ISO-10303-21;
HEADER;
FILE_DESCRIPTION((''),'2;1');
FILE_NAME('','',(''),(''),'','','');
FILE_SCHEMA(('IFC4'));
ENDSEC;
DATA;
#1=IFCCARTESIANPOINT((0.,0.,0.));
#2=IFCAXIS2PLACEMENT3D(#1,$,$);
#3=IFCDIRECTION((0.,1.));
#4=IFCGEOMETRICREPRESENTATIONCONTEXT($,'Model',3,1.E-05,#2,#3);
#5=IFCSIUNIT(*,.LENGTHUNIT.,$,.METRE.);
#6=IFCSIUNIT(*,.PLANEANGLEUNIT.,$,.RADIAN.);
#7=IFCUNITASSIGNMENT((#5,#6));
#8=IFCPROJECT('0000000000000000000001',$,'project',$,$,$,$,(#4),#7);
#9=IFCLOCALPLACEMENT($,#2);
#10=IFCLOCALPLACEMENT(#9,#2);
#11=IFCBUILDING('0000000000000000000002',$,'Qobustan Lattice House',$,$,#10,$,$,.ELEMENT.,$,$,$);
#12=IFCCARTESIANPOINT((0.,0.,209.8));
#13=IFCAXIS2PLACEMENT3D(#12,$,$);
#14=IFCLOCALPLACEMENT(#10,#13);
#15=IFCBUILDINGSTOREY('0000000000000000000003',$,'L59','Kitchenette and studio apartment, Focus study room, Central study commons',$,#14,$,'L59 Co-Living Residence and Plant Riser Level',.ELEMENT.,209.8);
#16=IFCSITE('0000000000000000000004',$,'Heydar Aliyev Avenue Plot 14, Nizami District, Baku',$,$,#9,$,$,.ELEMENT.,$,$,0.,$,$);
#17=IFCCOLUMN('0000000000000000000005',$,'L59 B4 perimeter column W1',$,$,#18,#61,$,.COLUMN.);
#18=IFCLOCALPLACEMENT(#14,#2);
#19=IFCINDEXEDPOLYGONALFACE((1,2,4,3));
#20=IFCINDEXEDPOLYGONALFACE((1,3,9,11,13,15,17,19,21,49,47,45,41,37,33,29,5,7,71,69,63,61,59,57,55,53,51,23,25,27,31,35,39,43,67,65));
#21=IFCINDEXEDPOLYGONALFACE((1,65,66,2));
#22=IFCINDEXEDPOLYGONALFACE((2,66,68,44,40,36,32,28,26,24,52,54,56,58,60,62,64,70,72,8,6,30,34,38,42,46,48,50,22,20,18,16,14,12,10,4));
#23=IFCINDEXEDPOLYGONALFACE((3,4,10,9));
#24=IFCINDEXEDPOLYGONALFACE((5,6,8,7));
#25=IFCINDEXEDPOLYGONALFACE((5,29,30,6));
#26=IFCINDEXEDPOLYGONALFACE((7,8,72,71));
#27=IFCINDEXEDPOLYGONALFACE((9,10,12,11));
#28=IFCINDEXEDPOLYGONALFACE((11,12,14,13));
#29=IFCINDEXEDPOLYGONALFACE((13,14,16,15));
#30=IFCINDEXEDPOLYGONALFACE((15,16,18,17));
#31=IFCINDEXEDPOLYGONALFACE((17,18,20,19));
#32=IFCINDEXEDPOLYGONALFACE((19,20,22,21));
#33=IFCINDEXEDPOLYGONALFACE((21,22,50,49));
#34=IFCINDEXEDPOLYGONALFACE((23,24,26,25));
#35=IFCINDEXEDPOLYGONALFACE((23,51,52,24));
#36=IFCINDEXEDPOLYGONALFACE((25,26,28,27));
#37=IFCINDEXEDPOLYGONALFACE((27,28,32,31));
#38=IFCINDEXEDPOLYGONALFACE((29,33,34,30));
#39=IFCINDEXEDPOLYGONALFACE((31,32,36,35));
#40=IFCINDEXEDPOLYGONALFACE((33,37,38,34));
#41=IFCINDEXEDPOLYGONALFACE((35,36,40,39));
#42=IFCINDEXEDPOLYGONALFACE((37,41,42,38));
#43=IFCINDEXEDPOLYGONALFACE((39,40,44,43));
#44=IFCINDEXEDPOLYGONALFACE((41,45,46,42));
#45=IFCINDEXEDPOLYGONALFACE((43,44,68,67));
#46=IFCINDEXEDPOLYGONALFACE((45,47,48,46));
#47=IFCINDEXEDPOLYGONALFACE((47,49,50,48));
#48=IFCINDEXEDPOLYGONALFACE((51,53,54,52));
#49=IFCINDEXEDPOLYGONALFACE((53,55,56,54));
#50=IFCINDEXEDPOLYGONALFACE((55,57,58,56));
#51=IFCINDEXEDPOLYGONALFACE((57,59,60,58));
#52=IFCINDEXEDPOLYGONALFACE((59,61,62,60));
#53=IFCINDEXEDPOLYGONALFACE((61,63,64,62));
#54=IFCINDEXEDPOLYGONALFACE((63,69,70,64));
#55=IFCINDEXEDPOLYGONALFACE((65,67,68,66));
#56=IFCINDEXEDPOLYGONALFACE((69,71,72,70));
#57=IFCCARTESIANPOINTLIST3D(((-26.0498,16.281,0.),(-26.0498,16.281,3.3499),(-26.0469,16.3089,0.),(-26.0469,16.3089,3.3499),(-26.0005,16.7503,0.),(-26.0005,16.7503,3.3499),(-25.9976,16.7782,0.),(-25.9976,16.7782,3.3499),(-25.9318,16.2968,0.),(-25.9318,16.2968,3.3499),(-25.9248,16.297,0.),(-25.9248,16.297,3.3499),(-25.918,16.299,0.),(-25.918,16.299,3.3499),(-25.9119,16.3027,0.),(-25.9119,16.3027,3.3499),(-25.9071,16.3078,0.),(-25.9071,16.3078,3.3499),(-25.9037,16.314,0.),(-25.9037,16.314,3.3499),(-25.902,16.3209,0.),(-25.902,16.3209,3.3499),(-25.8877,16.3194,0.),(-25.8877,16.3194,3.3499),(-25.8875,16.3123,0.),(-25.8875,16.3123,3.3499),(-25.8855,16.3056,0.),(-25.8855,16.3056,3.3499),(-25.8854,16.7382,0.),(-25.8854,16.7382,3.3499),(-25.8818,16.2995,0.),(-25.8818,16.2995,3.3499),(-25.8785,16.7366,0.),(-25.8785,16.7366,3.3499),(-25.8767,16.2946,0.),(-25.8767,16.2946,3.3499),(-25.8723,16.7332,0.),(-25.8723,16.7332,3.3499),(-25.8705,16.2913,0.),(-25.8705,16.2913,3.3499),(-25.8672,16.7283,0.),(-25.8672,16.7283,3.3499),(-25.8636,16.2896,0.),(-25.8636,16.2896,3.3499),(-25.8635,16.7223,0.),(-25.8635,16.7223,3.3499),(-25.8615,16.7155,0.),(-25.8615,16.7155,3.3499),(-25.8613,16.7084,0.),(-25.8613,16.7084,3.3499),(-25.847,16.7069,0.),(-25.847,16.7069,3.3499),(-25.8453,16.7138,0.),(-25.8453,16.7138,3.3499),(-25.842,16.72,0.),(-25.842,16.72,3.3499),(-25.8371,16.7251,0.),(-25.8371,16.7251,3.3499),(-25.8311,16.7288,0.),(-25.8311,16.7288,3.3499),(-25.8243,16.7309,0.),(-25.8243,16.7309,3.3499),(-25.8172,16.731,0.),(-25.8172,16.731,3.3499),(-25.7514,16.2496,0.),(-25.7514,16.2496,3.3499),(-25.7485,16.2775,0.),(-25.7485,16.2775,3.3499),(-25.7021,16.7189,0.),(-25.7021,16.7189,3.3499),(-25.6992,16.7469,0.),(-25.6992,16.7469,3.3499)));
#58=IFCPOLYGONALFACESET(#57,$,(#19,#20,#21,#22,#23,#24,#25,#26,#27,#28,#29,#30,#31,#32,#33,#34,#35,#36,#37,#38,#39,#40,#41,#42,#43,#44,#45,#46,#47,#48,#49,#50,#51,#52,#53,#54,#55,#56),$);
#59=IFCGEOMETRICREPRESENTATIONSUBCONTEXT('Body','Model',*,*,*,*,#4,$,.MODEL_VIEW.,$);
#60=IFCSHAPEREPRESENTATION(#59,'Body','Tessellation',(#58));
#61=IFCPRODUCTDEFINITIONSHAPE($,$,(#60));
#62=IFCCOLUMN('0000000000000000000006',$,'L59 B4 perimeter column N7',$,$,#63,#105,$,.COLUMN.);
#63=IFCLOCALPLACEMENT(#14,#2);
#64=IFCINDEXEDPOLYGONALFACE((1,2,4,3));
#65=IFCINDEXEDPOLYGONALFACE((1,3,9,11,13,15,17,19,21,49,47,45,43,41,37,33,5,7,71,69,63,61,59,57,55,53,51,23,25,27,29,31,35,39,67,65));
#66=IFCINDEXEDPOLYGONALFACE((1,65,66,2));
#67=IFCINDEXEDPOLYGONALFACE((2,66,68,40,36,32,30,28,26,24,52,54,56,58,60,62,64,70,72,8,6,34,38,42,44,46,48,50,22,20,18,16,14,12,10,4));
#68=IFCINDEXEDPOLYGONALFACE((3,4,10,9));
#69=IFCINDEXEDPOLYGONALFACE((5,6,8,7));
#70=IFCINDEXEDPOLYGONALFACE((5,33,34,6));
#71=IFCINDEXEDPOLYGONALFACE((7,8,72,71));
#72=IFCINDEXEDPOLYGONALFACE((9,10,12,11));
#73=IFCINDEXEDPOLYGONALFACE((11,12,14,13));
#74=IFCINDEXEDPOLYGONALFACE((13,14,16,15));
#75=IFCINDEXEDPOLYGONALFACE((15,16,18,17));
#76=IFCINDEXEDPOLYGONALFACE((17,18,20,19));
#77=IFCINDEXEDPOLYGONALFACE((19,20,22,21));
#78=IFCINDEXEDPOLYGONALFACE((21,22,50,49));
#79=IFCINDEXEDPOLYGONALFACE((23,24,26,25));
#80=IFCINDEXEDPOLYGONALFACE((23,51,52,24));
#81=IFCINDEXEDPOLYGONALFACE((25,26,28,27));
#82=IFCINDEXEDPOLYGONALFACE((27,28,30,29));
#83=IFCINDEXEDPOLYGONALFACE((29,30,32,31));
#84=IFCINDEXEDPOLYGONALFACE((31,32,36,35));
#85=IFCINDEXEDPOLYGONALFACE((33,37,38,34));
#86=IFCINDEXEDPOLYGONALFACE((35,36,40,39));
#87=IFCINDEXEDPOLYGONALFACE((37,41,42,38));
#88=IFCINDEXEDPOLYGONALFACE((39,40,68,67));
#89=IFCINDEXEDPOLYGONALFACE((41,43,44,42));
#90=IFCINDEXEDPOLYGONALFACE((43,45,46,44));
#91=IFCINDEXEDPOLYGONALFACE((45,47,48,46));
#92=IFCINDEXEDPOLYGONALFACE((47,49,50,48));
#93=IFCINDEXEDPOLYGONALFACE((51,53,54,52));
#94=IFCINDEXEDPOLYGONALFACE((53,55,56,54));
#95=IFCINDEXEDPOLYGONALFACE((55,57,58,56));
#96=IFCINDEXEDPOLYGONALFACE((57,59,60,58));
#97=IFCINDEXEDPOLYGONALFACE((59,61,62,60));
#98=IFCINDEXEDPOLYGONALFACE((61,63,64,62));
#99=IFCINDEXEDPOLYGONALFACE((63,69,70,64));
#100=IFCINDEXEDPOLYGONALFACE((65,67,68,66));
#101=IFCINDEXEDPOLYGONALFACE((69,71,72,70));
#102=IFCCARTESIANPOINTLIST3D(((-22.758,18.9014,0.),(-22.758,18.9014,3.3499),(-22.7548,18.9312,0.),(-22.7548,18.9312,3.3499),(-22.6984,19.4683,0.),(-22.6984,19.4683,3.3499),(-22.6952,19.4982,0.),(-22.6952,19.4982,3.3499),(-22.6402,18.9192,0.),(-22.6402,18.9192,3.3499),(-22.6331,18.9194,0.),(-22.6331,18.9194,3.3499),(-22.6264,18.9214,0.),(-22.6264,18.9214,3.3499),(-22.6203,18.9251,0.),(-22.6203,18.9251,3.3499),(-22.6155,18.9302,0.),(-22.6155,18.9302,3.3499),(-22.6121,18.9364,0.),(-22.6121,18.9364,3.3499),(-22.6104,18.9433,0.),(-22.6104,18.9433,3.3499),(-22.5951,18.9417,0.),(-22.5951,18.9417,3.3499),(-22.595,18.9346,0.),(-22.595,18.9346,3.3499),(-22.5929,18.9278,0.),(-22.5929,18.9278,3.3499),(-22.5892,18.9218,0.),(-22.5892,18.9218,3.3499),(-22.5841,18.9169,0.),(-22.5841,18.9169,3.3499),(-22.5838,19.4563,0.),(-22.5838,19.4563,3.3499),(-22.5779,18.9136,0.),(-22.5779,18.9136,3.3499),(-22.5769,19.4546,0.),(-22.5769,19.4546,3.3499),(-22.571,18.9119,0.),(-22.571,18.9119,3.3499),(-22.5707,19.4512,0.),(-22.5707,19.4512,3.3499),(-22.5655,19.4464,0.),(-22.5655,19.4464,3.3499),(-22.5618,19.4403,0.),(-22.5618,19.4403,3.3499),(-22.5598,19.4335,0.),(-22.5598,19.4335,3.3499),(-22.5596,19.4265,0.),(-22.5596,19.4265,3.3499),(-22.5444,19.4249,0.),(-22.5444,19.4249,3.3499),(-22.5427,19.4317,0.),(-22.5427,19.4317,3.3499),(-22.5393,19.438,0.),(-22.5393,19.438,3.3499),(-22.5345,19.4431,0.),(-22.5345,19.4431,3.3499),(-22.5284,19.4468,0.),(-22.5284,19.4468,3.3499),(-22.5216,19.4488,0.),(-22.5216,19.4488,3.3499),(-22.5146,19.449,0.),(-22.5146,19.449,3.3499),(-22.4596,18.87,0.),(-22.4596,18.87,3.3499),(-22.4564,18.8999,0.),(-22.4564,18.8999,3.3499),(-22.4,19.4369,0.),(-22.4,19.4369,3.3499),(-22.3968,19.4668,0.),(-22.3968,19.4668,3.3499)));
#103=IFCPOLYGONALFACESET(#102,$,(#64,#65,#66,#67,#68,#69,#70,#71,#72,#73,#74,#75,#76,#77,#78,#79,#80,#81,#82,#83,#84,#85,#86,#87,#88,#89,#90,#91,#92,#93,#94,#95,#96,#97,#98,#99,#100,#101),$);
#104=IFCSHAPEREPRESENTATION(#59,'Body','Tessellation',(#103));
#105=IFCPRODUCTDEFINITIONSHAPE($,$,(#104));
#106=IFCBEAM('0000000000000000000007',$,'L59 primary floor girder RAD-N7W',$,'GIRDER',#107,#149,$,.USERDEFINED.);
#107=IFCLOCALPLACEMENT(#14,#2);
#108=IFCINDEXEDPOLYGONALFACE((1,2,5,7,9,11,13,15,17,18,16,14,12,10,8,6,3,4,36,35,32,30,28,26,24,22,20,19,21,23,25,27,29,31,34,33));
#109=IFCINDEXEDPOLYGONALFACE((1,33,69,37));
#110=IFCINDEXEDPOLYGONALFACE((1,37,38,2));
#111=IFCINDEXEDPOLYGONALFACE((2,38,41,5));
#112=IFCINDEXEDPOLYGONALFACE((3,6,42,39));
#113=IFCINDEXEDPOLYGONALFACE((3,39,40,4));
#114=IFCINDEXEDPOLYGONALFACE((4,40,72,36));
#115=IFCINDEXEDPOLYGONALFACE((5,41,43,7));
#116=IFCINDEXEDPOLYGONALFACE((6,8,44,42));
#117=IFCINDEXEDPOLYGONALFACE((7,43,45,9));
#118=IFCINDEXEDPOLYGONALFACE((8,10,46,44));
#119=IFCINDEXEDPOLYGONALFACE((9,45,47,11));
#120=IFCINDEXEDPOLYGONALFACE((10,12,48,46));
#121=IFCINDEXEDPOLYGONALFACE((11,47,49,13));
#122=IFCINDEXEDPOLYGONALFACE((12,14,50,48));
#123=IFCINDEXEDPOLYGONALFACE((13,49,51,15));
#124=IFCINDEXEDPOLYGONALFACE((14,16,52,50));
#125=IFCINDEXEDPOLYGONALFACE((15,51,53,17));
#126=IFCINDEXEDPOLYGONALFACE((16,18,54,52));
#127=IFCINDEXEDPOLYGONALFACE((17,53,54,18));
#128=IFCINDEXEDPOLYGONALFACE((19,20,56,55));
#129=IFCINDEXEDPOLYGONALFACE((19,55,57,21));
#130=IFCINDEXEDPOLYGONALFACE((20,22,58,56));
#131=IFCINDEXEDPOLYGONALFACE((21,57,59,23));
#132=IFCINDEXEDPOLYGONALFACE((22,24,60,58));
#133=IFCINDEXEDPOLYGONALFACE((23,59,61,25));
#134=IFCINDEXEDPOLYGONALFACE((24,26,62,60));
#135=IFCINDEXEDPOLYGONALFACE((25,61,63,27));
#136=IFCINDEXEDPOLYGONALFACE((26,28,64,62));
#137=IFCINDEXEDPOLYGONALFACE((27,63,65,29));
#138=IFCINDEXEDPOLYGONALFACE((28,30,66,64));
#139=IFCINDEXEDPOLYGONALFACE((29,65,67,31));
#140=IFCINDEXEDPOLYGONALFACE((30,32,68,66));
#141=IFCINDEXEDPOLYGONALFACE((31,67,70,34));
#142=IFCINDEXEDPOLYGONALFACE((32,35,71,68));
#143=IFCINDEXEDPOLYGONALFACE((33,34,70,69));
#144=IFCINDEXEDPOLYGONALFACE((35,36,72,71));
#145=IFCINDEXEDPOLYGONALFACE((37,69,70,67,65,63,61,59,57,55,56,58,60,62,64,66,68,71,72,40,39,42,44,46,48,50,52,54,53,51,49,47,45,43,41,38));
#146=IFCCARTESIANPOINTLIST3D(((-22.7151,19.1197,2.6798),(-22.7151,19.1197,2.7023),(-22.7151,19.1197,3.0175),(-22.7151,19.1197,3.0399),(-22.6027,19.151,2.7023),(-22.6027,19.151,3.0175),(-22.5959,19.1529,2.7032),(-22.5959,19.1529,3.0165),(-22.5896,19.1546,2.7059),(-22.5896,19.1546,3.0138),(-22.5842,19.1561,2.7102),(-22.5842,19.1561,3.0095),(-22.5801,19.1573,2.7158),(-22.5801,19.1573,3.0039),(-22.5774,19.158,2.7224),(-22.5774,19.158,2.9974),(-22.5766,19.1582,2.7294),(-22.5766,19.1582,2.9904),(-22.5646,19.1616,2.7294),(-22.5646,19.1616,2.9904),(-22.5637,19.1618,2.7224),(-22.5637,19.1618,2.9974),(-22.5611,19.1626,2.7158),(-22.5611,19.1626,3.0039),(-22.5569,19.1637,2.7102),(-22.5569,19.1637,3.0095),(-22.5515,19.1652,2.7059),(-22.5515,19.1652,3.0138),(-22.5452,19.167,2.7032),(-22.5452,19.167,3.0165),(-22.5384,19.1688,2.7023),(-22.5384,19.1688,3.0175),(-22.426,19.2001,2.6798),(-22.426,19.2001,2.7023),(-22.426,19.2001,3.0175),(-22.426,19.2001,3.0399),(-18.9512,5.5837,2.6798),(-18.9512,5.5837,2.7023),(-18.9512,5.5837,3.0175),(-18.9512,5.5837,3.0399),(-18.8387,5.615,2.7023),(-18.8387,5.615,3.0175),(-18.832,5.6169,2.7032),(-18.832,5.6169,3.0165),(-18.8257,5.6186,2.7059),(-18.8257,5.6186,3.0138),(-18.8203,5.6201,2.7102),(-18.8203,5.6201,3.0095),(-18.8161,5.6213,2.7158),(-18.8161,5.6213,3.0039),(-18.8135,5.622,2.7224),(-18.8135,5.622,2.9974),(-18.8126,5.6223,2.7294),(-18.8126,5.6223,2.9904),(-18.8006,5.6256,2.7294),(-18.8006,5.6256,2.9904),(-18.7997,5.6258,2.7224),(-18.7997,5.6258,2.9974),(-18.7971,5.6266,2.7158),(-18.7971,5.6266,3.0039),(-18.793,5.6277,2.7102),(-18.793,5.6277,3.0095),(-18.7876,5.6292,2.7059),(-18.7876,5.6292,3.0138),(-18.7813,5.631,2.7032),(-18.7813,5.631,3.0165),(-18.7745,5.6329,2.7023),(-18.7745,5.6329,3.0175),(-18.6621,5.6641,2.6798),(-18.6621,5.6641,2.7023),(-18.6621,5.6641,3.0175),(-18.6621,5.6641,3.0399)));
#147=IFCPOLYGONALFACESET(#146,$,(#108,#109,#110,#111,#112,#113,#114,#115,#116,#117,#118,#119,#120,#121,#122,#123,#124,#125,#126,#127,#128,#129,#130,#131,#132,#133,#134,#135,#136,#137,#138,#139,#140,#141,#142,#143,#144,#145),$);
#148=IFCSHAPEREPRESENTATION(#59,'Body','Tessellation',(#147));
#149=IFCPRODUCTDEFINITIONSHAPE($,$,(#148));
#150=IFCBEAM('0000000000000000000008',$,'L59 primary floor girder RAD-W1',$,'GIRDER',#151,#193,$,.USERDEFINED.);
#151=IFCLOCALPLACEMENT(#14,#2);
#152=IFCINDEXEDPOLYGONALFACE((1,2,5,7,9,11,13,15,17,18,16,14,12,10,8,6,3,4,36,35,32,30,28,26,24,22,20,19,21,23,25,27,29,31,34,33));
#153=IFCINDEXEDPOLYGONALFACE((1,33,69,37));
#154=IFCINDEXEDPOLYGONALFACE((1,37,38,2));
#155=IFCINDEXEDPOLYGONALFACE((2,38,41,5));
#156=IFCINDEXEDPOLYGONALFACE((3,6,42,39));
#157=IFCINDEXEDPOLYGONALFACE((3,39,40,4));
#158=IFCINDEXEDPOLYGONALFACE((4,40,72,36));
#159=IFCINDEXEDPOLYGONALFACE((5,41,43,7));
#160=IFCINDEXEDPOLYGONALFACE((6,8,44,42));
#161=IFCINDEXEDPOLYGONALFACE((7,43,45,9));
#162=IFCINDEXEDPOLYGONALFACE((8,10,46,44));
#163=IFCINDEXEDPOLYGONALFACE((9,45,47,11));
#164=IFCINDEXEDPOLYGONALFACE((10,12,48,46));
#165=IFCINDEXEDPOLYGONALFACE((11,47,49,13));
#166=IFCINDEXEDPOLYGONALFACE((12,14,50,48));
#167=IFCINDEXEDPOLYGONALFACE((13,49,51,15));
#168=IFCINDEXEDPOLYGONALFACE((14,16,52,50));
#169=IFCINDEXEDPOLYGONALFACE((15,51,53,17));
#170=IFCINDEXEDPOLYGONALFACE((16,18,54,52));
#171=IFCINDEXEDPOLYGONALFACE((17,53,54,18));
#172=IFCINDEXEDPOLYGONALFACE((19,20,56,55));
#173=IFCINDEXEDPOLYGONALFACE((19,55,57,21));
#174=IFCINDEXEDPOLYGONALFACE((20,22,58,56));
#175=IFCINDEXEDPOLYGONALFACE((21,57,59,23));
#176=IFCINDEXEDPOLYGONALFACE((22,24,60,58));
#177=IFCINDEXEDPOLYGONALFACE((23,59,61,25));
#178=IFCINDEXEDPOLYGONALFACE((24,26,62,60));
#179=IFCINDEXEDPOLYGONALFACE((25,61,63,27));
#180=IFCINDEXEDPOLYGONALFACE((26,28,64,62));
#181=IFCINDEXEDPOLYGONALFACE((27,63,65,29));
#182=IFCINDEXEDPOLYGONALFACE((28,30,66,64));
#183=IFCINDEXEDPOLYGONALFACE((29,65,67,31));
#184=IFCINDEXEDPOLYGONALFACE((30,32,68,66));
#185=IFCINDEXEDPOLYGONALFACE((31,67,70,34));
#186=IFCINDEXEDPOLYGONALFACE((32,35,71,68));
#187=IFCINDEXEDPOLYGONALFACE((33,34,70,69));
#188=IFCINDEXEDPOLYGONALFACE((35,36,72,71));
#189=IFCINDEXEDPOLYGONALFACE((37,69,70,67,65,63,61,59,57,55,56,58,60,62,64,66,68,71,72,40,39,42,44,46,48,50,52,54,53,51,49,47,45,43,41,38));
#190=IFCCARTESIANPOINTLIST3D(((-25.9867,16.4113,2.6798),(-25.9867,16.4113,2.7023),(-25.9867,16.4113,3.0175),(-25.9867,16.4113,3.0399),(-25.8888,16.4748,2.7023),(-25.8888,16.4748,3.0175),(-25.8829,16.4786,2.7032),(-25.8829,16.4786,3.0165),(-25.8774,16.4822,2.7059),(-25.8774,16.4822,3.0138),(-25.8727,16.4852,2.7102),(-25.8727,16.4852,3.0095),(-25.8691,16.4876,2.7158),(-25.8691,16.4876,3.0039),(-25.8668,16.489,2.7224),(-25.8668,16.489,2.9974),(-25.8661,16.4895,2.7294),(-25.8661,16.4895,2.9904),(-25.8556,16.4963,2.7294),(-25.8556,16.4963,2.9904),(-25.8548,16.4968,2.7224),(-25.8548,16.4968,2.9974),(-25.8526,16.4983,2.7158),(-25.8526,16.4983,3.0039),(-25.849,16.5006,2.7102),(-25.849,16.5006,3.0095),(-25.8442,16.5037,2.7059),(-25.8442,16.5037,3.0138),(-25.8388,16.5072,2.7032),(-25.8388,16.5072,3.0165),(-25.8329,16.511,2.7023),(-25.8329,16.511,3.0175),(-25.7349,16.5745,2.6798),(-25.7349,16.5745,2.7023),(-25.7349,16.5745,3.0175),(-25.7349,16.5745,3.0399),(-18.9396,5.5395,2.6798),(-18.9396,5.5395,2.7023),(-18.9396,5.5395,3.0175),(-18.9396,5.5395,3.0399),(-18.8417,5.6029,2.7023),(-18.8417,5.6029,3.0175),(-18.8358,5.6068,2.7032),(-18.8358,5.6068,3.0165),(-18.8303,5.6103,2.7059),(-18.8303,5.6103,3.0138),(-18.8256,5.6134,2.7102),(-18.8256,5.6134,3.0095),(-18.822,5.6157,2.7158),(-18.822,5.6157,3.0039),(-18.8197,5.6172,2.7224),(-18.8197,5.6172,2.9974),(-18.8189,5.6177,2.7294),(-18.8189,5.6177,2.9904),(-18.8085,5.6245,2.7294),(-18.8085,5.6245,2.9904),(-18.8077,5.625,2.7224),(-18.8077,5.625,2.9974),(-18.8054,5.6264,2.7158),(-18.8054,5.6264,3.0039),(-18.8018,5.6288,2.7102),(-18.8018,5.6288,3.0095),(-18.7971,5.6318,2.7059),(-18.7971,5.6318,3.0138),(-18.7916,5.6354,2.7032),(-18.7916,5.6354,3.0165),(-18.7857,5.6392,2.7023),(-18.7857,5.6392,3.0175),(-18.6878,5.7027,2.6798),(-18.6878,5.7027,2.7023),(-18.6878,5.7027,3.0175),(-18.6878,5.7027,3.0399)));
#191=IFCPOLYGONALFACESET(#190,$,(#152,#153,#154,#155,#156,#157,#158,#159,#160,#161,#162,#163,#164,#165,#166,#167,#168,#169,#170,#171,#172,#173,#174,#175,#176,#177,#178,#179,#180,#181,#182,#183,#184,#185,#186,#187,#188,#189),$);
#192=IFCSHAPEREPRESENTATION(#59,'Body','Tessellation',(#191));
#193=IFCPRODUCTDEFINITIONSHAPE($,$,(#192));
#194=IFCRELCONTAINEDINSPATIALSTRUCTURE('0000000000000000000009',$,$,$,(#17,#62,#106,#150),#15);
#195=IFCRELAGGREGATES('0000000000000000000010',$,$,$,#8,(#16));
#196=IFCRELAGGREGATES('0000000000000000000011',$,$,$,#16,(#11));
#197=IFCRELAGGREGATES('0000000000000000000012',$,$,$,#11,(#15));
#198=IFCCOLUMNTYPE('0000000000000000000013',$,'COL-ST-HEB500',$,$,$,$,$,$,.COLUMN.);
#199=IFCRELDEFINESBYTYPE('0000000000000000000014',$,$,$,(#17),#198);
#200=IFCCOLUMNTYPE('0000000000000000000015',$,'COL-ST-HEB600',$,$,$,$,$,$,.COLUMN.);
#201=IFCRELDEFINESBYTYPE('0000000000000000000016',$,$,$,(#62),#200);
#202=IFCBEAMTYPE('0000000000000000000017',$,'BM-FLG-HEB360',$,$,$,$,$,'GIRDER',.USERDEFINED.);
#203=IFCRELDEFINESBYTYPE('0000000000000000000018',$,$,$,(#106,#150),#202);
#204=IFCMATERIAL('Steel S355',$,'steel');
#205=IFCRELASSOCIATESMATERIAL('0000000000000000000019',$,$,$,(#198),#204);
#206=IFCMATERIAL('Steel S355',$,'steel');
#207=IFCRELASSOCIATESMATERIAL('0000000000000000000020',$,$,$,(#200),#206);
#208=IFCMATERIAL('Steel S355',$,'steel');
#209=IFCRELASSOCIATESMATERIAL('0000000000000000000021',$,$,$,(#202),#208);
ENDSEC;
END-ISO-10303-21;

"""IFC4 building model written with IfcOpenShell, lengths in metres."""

from ifc_helpers import new_model, si_unit, direction, frame, origin, origin_2d, place, context, subcontext, project, spatial, i_section, extrude, material, material_profile, profile_set, type_object, element, save


model = new_model("IFC4")

# Units and contexts
model_context = context("Model", 3, precision=1e-05, world=origin(), true_north=direction((0.0, 1.0)))
body_context = subcontext(model_context, "Body", "Model", "MODEL_VIEW")
ifc_project = project(units=[si_unit("LENGTHUNIT", "METRE"), si_unit("PLANEANGLEUNIT", "RADIAN")], contexts=[model_context])

# Site, building, storey
site_placement = place(None, origin())
site = spatial("IfcSite", under=ifc_project, at=site_placement, Name="Heydar Aliyev Avenue Plot 14, Nizami District, Baku", CompositionType="ELEMENT", RefElevation=0.0)
building_placement = place(site_placement, origin())
building = spatial("IfcBuilding", under=site, at=building_placement, Name="Qobustan Lattice House", CompositionType="ELEMENT")
storey_placement = place(building_placement, frame((0.0, 0.0, 209.8)))
storey = spatial("IfcBuildingStorey", under=building, at=storey_placement, Name="L59", Description="Kitchenette and studio apartment, Focus study room, Central study commons", LongName="L59 Co-Living Residence and Plant Riser Level", CompositionType="ELEMENT", Elevation=209.8)

# Columns
ifc_material_1 = material(Name="Steel S355", Category="steel")
ifc_material_profile_1 = material_profile(ifc_material_1, i_section(OverallWidth=0.3, OverallDepth=0.5, WebThickness=0.0144, FlangeThickness=0.0281, FilletRadius=0.0271, at=origin_2d()), Name="HEB500")
ifc_profile_set_1 = profile_set([ifc_material_profile_1], Name="Steel S355")
column_type_1 = type_object("IfcColumnType", Name="COL-ST-HEB500", PredefinedType="COLUMN", material=ifc_profile_set_1)
column_1_placement = place(storey_placement, frame((-25.8745, 16.5139, 0.0), z_axis=(0.0, 0.0, 1.0), x_axis=(0.994522, -0.104528, 0.0)))
element("IfcColumn", 1, at=column_1_placement, inside=storey, type_object=column_type_1, Name="L59 B4 perimeter column W1", PredefinedType="COLUMN", context=body_context, shape_type="SweptSolid", body=[
    extrude(i_section(OverallWidth=0.3, OverallDepth=0.5, WebThickness=0.0144, FlangeThickness=0.0281, FilletRadius=0.0271, at=origin_2d()), origin(), (0.0, 0.0, 1.0), 3.3499),
])
ifc_material_2 = material(Name="Steel S355", Category="steel")
ifc_material_profile_2 = material_profile(ifc_material_2, i_section(OverallWidth=0.3, OverallDepth=0.6001, WebThickness=0.0154, FlangeThickness=0.03, FilletRadius=0.0271, at=origin_2d()), Name="HEB600")
ifc_profile_set_2 = profile_set([ifc_material_profile_2], Name="Steel S355")
column_type_2 = type_object("IfcColumnType", Name="COL-ST-HEB600", PredefinedType="COLUMN", material=ifc_profile_set_2)
column_2_placement = place(storey_placement, frame((-22.5774, 19.1841, 0.0), z_axis=(0.0, 0.0, 1.0), x_axis=(0.994522, -0.104528, 0.0)))
element("IfcColumn", 2, at=column_2_placement, inside=storey, type_object=column_type_2, Name="L59 B4 perimeter column N7", PredefinedType="COLUMN", context=body_context, shape_type="SweptSolid", body=[
    extrude(i_section(OverallWidth=0.3, OverallDepth=0.6001, WebThickness=0.0154, FlangeThickness=0.03, FilletRadius=0.0271, at=origin_2d()), origin(), (0.0, 0.0, 1.0), 3.3499),
])

# Beams
ifc_material_3 = material(Name="Steel S355", Category="steel")
ifc_material_profile_3 = material_profile(ifc_material_3, i_section(OverallWidth=0.3, OverallDepth=0.3601, WebThickness=0.0125, FlangeThickness=0.0225, FilletRadius=0.0271, at=origin_2d()), Name="HEB360")
ifc_profile_set_3 = profile_set([ifc_material_profile_3], Name="Steel S355")
beam_type_1 = type_object("IfcBeamType", Name="BM-FLG-HEB360", ElementType="GIRDER", PredefinedType="USERDEFINED", material=ifc_profile_set_3)
beam_1_placement = place(storey_placement, frame((-22.5706, 19.1599, 2.8599), z_axis=(0.267905, -0.963445, 0.0), x_axis=(0.963445, 0.267905, 0.0)))
element("IfcBeam", 3, at=beam_1_placement, inside=storey, type_object=beam_type_1, Name="L59 primary floor girder RAD-N7W", ObjectType="GIRDER", PredefinedType="USERDEFINED", context=body_context, shape_type="SweptSolid", body=[
    extrude(i_section(OverallWidth=0.3, OverallDepth=0.3601, WebThickness=0.0125, FlangeThickness=0.0225, FilletRadius=0.0271, at=origin_2d()), origin(), (0.0, 0.0, 1.0), 14.0496),
])
beam_2_placement = place(storey_placement, frame((-25.8608, 16.4929, 2.8599), z_axis=(0.543926, -0.839133, 0.0), x_axis=(0.839133, 0.543926, 0.0)))
element("IfcBeam", 4, at=beam_2_placement, inside=storey, type_object=beam_type_1, Name="L59 primary floor girder RAD-W1", ObjectType="GIRDER", PredefinedType="USERDEFINED", context=body_context, shape_type="SweptSolid", body=[
    extrude(i_section(OverallWidth=0.3, OverallDepth=0.3601, WebThickness=0.0125, FlangeThickness=0.0225, FilletRadius=0.0271, at=origin_2d()), origin(), (0.0, 0.0, 1.0), 12.9561),
])

save(model, "model.ifc")
